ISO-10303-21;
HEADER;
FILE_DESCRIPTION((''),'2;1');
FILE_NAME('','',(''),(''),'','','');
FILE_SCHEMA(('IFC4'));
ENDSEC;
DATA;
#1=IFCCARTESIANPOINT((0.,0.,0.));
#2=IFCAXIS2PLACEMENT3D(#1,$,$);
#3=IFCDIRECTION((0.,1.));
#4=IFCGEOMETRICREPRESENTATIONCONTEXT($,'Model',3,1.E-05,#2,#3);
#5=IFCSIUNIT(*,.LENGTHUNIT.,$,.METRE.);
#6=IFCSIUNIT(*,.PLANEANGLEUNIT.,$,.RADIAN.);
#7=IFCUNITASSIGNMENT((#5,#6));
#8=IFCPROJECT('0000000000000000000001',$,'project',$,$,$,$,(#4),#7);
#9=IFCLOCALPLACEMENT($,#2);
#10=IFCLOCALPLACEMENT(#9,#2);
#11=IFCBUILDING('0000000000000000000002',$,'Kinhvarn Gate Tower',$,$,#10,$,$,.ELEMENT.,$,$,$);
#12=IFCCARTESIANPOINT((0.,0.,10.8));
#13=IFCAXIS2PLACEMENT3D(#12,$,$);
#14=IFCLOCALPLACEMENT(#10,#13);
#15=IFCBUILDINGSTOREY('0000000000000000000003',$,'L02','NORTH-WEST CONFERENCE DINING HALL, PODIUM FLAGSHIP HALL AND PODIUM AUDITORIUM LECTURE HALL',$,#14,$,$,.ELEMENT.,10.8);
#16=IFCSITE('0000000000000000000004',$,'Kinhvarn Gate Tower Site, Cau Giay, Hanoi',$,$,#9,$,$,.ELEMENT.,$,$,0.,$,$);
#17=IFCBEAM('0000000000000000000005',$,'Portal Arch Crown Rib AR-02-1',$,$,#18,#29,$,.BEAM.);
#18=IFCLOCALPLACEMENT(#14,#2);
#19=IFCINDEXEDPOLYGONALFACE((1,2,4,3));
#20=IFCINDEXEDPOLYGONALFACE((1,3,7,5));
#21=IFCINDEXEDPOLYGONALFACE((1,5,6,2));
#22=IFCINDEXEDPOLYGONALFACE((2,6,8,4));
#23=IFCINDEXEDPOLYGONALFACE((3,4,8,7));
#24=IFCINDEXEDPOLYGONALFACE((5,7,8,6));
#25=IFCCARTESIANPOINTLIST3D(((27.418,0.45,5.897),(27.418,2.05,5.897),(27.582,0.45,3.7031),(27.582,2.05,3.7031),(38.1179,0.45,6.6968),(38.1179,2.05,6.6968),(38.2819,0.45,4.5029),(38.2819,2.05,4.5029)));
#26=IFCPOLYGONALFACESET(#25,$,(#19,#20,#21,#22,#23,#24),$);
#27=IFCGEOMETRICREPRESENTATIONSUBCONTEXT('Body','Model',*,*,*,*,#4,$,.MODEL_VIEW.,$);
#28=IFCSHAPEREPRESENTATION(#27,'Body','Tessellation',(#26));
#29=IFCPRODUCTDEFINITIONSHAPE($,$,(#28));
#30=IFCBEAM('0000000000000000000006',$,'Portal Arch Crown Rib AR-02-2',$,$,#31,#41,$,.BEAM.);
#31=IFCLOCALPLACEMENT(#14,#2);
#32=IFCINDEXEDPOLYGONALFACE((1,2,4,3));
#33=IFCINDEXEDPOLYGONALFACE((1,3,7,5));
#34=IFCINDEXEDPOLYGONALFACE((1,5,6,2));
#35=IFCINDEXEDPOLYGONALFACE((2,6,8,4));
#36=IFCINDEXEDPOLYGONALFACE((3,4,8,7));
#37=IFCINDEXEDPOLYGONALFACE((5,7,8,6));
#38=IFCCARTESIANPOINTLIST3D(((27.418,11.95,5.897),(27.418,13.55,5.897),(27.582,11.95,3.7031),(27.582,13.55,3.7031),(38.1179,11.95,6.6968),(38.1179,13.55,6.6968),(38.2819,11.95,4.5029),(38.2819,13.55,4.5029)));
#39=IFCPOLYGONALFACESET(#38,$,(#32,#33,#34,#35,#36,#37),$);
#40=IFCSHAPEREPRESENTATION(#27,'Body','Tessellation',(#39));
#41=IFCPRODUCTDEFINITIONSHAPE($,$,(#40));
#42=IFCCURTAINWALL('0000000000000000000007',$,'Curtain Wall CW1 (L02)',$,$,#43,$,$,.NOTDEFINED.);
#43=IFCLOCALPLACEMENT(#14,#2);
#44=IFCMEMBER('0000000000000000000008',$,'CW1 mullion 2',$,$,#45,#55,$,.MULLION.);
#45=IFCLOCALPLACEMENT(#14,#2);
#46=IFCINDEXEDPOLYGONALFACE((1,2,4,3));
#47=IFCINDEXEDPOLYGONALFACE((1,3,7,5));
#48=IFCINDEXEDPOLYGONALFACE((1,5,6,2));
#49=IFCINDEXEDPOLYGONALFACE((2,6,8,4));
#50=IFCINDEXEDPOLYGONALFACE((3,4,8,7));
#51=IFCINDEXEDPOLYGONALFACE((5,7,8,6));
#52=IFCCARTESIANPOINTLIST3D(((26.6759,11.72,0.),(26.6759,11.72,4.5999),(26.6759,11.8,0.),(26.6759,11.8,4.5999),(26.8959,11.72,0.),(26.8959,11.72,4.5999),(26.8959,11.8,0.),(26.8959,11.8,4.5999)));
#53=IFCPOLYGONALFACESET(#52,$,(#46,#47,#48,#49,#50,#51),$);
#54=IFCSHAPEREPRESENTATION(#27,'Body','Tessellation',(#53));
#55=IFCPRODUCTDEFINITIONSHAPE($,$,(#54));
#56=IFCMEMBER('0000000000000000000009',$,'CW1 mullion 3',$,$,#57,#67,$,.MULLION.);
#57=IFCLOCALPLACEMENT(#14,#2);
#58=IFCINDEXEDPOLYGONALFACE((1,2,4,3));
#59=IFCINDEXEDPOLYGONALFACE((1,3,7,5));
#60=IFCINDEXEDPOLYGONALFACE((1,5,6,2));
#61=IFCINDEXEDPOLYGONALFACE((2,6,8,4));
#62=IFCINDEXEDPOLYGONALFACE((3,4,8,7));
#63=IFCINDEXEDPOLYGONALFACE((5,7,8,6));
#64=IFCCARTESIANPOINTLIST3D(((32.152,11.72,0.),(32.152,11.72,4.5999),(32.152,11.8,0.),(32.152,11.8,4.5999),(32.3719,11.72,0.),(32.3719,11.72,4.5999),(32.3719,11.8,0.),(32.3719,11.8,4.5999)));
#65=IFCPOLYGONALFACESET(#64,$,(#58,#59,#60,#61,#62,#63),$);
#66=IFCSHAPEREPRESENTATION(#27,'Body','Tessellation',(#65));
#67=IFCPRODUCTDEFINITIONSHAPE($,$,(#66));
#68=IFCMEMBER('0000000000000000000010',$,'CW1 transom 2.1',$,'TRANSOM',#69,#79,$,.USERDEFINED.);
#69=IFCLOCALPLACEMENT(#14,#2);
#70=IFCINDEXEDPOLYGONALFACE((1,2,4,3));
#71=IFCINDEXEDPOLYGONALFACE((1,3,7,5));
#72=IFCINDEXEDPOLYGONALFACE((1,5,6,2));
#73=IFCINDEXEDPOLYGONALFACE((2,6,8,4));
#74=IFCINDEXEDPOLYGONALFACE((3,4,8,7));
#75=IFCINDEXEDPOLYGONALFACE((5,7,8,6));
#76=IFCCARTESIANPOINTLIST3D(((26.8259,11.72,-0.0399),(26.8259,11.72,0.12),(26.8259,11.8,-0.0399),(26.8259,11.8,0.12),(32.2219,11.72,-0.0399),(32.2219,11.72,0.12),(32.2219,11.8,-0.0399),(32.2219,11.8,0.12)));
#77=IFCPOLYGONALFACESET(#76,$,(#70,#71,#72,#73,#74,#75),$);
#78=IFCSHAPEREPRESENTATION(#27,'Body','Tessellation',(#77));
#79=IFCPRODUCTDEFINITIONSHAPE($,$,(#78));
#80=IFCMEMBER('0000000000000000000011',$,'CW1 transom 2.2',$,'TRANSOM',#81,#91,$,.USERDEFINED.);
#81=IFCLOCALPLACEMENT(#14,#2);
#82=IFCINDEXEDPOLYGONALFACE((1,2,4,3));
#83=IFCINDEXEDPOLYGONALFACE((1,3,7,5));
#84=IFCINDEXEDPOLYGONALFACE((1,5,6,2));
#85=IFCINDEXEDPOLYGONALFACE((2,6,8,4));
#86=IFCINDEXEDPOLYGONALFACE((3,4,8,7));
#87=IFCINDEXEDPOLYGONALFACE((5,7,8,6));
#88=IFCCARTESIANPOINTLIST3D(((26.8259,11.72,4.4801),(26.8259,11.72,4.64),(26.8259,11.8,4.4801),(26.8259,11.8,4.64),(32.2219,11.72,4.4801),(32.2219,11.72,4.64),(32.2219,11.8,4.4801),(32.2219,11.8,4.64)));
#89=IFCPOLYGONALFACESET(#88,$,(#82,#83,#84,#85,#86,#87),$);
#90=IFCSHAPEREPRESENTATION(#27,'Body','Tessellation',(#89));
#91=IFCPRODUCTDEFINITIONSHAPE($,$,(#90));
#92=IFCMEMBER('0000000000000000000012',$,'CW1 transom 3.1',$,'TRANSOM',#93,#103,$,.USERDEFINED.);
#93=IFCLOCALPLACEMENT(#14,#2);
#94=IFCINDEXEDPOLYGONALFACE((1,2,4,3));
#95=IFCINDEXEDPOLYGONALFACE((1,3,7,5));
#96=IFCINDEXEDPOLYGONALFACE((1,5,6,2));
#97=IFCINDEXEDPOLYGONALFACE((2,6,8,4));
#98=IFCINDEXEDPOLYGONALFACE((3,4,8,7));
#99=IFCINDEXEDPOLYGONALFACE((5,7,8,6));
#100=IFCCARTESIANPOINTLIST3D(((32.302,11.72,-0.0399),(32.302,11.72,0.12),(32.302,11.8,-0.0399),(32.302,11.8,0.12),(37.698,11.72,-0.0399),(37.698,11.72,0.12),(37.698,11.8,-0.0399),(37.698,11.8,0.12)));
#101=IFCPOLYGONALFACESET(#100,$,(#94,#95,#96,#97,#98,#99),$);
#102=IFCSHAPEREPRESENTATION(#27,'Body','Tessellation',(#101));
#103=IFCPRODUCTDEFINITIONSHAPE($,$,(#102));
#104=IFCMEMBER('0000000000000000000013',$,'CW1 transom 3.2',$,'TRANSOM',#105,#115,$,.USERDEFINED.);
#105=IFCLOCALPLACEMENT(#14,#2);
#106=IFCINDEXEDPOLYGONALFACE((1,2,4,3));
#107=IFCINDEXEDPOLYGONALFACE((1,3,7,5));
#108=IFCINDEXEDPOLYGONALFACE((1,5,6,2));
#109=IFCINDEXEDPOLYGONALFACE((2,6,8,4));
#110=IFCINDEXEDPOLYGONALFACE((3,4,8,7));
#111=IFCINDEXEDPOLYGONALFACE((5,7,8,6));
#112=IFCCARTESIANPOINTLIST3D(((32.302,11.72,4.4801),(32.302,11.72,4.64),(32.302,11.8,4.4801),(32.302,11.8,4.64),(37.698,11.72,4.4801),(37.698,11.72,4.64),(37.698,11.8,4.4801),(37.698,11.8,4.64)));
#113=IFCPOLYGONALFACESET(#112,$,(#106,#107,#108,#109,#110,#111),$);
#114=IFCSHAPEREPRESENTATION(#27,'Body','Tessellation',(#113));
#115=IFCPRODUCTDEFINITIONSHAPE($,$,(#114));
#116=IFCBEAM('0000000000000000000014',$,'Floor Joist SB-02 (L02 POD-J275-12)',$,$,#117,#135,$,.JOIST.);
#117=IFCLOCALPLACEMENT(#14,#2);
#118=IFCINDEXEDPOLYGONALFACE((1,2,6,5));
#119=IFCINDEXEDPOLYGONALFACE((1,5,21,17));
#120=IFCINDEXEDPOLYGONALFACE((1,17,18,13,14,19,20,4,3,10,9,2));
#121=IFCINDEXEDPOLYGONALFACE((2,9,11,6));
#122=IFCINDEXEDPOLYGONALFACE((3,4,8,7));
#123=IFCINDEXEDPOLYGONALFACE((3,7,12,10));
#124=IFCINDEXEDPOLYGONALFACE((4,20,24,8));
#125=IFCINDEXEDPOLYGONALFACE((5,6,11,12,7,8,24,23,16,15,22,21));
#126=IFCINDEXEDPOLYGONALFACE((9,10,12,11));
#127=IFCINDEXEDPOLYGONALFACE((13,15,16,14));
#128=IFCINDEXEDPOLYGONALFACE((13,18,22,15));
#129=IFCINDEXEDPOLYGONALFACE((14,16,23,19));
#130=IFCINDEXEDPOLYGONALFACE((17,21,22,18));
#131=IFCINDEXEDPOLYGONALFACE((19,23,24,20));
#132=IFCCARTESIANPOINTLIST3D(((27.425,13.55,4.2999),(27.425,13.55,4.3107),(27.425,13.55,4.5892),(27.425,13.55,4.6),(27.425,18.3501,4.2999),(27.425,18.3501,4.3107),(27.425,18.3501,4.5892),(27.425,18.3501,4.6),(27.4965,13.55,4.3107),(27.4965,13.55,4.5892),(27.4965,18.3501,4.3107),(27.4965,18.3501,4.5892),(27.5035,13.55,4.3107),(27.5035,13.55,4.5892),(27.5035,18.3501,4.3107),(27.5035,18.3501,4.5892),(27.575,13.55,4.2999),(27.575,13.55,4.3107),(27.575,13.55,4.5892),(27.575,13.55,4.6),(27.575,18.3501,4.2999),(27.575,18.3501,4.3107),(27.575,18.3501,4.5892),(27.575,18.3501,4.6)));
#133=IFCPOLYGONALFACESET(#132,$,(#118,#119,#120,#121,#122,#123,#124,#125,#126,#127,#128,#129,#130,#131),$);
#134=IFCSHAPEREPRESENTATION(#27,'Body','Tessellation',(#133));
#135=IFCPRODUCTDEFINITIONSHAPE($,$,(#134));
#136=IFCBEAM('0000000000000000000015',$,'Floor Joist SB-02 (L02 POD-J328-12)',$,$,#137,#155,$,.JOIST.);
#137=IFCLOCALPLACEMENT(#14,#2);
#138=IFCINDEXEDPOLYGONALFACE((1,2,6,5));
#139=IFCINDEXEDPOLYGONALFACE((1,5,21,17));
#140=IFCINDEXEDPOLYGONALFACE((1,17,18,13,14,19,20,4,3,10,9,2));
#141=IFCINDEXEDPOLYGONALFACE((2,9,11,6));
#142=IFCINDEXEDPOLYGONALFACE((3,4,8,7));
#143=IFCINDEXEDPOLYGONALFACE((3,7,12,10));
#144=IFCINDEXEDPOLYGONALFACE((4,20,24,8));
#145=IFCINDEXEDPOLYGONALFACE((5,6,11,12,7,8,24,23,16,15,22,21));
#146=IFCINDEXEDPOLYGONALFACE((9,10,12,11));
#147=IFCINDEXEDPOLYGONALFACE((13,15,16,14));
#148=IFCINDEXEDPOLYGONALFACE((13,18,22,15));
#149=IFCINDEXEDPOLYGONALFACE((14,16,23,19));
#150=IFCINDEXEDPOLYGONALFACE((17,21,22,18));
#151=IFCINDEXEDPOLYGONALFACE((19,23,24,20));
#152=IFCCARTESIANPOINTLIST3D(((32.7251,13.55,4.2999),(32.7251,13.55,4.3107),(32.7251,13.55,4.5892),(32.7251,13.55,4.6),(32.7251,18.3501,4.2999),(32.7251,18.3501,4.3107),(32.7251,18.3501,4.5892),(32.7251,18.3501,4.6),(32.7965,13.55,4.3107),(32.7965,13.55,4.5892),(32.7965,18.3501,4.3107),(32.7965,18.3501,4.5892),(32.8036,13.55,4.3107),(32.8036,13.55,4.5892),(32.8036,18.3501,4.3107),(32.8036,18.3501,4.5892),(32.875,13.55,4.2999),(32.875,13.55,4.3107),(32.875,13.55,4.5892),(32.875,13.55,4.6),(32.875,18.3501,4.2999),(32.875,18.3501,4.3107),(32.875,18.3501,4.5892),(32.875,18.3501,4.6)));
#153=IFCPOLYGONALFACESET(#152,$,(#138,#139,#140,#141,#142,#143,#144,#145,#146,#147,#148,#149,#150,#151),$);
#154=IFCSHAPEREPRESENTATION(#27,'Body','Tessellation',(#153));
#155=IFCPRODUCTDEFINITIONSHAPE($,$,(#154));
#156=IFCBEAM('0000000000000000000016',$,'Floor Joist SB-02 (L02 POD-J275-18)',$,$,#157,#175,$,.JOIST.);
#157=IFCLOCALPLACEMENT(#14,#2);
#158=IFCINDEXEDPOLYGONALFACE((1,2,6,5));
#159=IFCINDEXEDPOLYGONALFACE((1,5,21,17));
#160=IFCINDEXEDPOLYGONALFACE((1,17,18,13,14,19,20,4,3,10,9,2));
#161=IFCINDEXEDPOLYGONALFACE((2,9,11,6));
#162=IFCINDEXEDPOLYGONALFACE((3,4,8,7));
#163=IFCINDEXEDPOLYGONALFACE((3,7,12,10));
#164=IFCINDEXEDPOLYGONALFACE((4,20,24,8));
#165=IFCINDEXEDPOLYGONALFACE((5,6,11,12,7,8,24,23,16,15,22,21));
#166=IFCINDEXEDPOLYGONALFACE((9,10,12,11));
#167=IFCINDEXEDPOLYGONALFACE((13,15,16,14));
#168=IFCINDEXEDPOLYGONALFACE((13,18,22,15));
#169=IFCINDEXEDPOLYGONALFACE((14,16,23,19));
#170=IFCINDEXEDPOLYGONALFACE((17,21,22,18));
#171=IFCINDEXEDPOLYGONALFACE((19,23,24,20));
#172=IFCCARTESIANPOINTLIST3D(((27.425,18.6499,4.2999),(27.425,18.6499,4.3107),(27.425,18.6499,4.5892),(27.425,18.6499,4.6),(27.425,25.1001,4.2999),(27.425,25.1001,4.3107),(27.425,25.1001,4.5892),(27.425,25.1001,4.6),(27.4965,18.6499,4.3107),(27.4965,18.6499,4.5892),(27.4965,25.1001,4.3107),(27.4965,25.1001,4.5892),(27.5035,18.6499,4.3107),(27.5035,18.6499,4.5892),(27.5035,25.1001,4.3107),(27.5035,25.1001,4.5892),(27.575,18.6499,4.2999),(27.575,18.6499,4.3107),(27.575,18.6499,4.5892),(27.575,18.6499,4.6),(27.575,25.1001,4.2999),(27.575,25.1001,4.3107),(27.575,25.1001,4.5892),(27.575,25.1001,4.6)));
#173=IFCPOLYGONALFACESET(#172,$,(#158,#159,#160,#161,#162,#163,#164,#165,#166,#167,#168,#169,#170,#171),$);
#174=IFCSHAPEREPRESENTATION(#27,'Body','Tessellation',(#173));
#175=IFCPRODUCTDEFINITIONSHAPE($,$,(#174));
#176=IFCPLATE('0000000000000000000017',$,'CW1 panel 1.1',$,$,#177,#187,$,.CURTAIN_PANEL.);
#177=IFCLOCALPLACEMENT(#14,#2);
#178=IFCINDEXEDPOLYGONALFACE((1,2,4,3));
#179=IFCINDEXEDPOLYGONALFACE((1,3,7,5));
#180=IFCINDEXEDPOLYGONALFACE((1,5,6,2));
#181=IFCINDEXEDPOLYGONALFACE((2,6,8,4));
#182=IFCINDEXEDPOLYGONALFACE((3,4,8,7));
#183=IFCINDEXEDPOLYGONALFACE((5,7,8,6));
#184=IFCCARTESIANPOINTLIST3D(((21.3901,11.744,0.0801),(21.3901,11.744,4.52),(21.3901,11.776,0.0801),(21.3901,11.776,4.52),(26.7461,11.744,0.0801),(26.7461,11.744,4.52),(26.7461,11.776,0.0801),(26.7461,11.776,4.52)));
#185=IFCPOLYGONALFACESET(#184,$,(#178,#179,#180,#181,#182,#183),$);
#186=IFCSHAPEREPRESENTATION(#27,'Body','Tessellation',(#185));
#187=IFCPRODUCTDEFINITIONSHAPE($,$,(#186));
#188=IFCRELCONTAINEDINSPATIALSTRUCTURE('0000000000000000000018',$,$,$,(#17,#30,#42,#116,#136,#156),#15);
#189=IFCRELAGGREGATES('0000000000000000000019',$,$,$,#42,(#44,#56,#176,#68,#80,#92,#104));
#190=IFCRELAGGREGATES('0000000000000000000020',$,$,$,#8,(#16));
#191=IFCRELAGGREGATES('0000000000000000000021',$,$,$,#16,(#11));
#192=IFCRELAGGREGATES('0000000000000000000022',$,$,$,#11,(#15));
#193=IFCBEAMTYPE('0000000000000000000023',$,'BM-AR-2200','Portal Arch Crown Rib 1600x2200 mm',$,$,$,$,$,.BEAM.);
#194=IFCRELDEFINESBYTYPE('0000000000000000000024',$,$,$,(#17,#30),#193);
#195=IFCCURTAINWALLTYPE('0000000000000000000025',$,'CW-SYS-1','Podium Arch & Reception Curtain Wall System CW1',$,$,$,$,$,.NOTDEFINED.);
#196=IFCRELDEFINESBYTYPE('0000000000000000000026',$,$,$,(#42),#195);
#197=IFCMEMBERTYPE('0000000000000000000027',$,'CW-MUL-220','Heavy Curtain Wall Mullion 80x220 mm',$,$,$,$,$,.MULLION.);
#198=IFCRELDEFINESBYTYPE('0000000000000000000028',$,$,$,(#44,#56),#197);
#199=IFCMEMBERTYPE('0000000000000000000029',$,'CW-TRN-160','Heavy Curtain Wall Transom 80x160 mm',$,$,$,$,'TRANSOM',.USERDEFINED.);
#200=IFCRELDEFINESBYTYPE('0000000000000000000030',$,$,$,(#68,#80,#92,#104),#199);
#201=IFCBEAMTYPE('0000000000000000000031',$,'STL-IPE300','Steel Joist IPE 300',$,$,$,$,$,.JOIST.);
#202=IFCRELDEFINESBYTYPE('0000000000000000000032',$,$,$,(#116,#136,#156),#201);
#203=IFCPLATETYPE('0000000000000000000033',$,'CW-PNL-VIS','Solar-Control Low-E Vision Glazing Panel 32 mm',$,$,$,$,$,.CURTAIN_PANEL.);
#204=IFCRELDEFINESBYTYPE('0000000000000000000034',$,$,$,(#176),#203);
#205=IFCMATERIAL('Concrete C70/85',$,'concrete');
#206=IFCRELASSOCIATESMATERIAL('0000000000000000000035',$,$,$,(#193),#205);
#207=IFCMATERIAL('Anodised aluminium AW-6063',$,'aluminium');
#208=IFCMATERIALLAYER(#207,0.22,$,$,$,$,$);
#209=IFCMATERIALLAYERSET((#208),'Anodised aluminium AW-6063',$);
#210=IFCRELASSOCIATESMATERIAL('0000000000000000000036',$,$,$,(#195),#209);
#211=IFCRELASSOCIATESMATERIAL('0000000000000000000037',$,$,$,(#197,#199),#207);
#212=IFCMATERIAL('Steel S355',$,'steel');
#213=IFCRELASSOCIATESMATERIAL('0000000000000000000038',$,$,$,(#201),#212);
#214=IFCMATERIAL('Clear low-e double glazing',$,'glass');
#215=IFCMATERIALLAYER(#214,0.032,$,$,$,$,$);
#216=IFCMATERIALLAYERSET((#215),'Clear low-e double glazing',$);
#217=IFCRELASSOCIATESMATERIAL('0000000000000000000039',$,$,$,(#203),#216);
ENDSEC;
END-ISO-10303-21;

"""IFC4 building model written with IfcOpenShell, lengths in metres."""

from ifc_helpers import new_model, si_unit, direction, frame, origin, origin_2d, place, context, subcontext, project, spatial, rectangle, i_section, extrude, material, layer, layer_set, material_profile, profile_set, type_object, element, aggregate, save


model = new_model("IFC4")

# Units and contexts
model_context = context("Model", 3, precision=1e-05, world=origin(), true_north=direction((0.0, 1.0)))
body_context = subcontext(model_context, "Body", "Model", "MODEL_VIEW")
ifc_project = project(units=[si_unit("LENGTHUNIT", "METRE"), si_unit("PLANEANGLEUNIT", "RADIAN")], contexts=[model_context])

# Site, building, storey
site_placement = place(None, origin())
site = spatial("IfcSite", under=ifc_project, at=site_placement, Name="Kinhvarn Gate Tower Site, Cau Giay, Hanoi", CompositionType="ELEMENT", RefElevation=0.0)
building_placement = place(site_placement, origin())
building = spatial("IfcBuilding", under=site, at=building_placement, Name="Kinhvarn Gate Tower", CompositionType="ELEMENT")
storey_placement = place(building_placement, frame((0.0, 0.0, 10.8)))
storey = spatial("IfcBuildingStorey", under=building, at=storey_placement, Name="L02", Description="NORTH-WEST CONFERENCE DINING HALL, PODIUM FLAGSHIP HALL AND PODIUM AUDITORIUM LECTURE HALL", CompositionType="ELEMENT", Elevation=10.8)

# Beams
ifc_material_1 = material(Name="Concrete C70/85", Category="concrete")
ifc_material_profile_1 = material_profile(ifc_material_1, rectangle(XDim=1.6001, YDim=2.2, at=origin_2d()), Name="RC 1600x2200")
ifc_profile_set_1 = profile_set([ifc_material_profile_1], Name="Concrete C70/85")
beam_type_1 = type_object("IfcBeamType", Name="BM-AR-2200", Description="Portal Arch Crown Rib 1600x2200 mm", PredefinedType="BEAM", material=ifc_profile_set_1)
for number, where, z_axis, x_axis, name in (
    (1, (27.5, 1.25, 4.8), (0.997218, 0.0, 0.07454), (0.0, 1.0, 0.0), "Portal Arch Crown Rib AR-02-1"),
    (2, (27.5, 12.75, 4.8), (0.997218, 0.0, 0.07454), (0.0, 1.0, 0.0), "Portal Arch Crown Rib AR-02-2"),
):
    element("IfcBeam", number, at=place(storey_placement, frame(where, z_axis=z_axis, x_axis=x_axis)), inside=storey, type_object=beam_type_1, Name=name, PredefinedType="BEAM", context=body_context, shape_type="SweptSolid", body=[
        extrude(rectangle(XDim=1.6001, YDim=2.2, at=origin_2d()), origin(), (0.0, 0.0, 1.0), 10.7297),
    ])

# Curtain wall, members
ifc_material_2 = material(Name="Anodised aluminium AW-6063", Category="aluminium")
ifc_layer_1 = layer(ifc_material_2, 0.22)
ifc_layer_set_1 = layer_set([ifc_layer_1], Name="Anodised aluminium AW-6063")
curtain_wall_type = type_object("IfcCurtainWallType", Name="CW-SYS-1", Description="Podium Arch & Reception Curtain Wall System CW1", PredefinedType="NOTDEFINED", material=ifc_layer_set_1)
curtain_wall_placement = place(storey_placement, origin())
curtain_wall = element("IfcCurtainWall", 3, at=curtain_wall_placement, inside=storey, type_object=curtain_wall_type, Name="Curtain Wall CW1 (L02)", PredefinedType="NOTDEFINED")
ifc_material_profile_2 = material_profile(ifc_material_2, rectangle(XDim=0.0801, YDim=0.22, at=origin_2d()), Name="ALU 80x220")
ifc_profile_set_2 = profile_set([ifc_material_profile_2], Name="Anodised aluminium AW-6063")
member_type_1 = type_object("IfcMemberType", Name="CW-MUL-220", Description="Heavy Curtain Wall Mullion 80x220 mm", PredefinedType="MULLION", material=ifc_profile_set_2)
member_1_placement = place(storey_placement, frame((26.7859, 11.76, 0.0), z_axis=(0.0, 0.0, 1.0), x_axis=(0.0, 1.0, 0.0)))
member_1 = element("IfcMember", 4, at=member_1_placement, type_object=member_type_1, Name="CW1 mullion 2", PredefinedType="MULLION", context=body_context, shape_type="SweptSolid", body=[
    extrude(rectangle(XDim=0.0801, YDim=0.22, at=origin_2d()), origin(), (0.0, 0.0, 1.0), 4.5999),
])
member_2_placement = place(storey_placement, frame((32.262, 11.76, 0.0), z_axis=(0.0, 0.0, 1.0), x_axis=(0.0, 1.0, 0.0)))
member_2 = element("IfcMember", 5, at=member_2_placement, type_object=member_type_1, Name="CW1 mullion 3", PredefinedType="MULLION", context=body_context, shape_type="SweptSolid", body=[
    extrude(rectangle(XDim=0.0801, YDim=0.22, at=origin_2d()), origin(), (0.0, 0.0, 1.0), 4.5999),
])
ifc_material_profile_3 = material_profile(ifc_material_2, rectangle(XDim=0.0801, YDim=0.1599, at=origin_2d()), Name="ALU 80x160")
ifc_profile_set_3 = profile_set([ifc_material_profile_3], Name="Anodised aluminium AW-6063")
member_type_2 = type_object("IfcMemberType", Name="CW-TRN-160", Description="Heavy Curtain Wall Transom 80x160 mm", ElementType="TRANSOM", PredefinedType="USERDEFINED", material=ifc_profile_set_3)
member_3_placement = place(storey_placement, frame((26.8259, 11.76, 0.04), z_axis=(1.0, 0.0, 0.0), x_axis=(0.0, 1.0, 0.0)))
member_3 = element("IfcMember", 6, at=member_3_placement, type_object=member_type_2, Name="CW1 transom 2.1", ObjectType="TRANSOM", PredefinedType="USERDEFINED", context=body_context, shape_type="SweptSolid", body=[
    extrude(rectangle(XDim=0.0801, YDim=0.1599, at=origin_2d()), origin(), (0.0, 0.0, 1.0), 5.396),
])
member_4_placement = place(storey_placement, frame((26.8259, 11.76, 4.5601), z_axis=(1.0, 0.0, 0.0), x_axis=(0.0, 1.0, 0.0)))
member_4 = element("IfcMember", 7, at=member_4_placement, type_object=member_type_2, Name="CW1 transom 2.2", ObjectType="TRANSOM", PredefinedType="USERDEFINED", context=body_context, shape_type="SweptSolid", body=[
    extrude(rectangle(XDim=0.0801, YDim=0.1599, at=origin_2d()), origin(), (0.0, 0.0, 1.0), 5.396),
])
member_5_placement = place(storey_placement, frame((32.302, 11.76, 0.04), z_axis=(1.0, 0.0, 0.0), x_axis=(0.0, 1.0, 0.0)))
member_5 = element("IfcMember", 8, at=member_5_placement, type_object=member_type_2, Name="CW1 transom 3.1", ObjectType="TRANSOM", PredefinedType="USERDEFINED", context=body_context, shape_type="SweptSolid", body=[
    extrude(rectangle(XDim=0.0801, YDim=0.1599, at=origin_2d()), origin(), (0.0, 0.0, 1.0), 5.396),
])
member_6_placement = place(storey_placement, frame((32.302, 11.76, 4.5601), z_axis=(1.0, 0.0, 0.0), x_axis=(0.0, 1.0, 0.0)))
member_6 = element("IfcMember", 9, at=member_6_placement, type_object=member_type_2, Name="CW1 transom 3.2", ObjectType="TRANSOM", PredefinedType="USERDEFINED", context=body_context, shape_type="SweptSolid", body=[
    extrude(rectangle(XDim=0.0801, YDim=0.1599, at=origin_2d()), origin(), (0.0, 0.0, 1.0), 5.396),
])

# Beams
ifc_material_3 = material(Name="Steel S355", Category="steel")
ifc_material_profile_4 = material_profile(ifc_material_3, i_section(OverallWidth=0.1499, OverallDepth=0.3, WebThickness=0.0071, FlangeThickness=0.0107, at=origin_2d()), Name="IPE 300")
ifc_profile_set_4 = profile_set([ifc_material_profile_4], Name="Steel S355")
beam_type_2 = type_object("IfcBeamType", Name="STL-IPE300", Description="Steel Joist IPE 300", PredefinedType="JOIST", material=ifc_profile_set_4)
for number, where, z_axis, x_axis, name in (
    (10, (27.5, 13.55, 4.45), (0.0, 1.0, 0.0), (-1.0, 0.0, 0.0), "Floor Joist SB-02 (L02 POD-J275-12)"),
    (11, (32.8, 13.55, 4.45), (0.0, 1.0, 0.0), (-1.0, 0.0, 0.0), "Floor Joist SB-02 (L02 POD-J328-12)"),
):
    element("IfcBeam", number, at=place(storey_placement, frame(where, z_axis=z_axis, x_axis=x_axis)), inside=storey, type_object=beam_type_2, Name=name, PredefinedType="JOIST", context=body_context, shape_type="SweptSolid", body=[
        extrude(i_section(OverallWidth=0.1499, OverallDepth=0.3, WebThickness=0.0071, FlangeThickness=0.0107, at=origin_2d()), origin(), (0.0, 0.0, 1.0), 4.8),
    ])
beam_placement = place(storey_placement, frame((27.5, 18.6499, 4.45), z_axis=(0.0, 1.0, 0.0), x_axis=(-1.0, 0.0, 0.0)))
element("IfcBeam", 12, at=beam_placement, inside=storey, type_object=beam_type_2, Name="Floor Joist SB-02 (L02 POD-J275-18)", PredefinedType="JOIST", context=body_context, shape_type="SweptSolid", body=[
    extrude(i_section(OverallWidth=0.1499, OverallDepth=0.3, WebThickness=0.0071, FlangeThickness=0.0107, at=origin_2d()), origin(), (0.0, 0.0, 1.0), 6.4502),
])

# Plate
ifc_material_4 = material(Name="Clear low-e double glazing", Category="glass")
ifc_layer_2 = layer(ifc_material_4, 0.032)
ifc_layer_set_2 = layer_set([ifc_layer_2], Name="Clear low-e double glazing")
plate_type = type_object("IfcPlateType", Name="CW-PNL-VIS", Description="Solar-Control Low-E Vision Glazing Panel 32 mm", PredefinedType="CURTAIN_PANEL", material=ifc_layer_set_2)
plate_1_placement = place(storey_placement, frame((24.0681, 11.76, 0.0801), z_axis=(0.0, 0.0, 1.0), x_axis=(1.0, 0.0, 0.0)))
plate_1 = element("IfcPlate", 13, at=plate_1_placement, type_object=plate_type, Name="CW1 panel 1.1", PredefinedType="CURTAIN_PANEL", context=body_context, shape_type="SweptSolid", body=[
    extrude(rectangle(XDim=5.356, YDim=0.032, at=origin_2d()), origin(), (0.0, 0.0, 1.0), 4.4399),
])
aggregate(curtain_wall, [member_1, member_2, plate_1, member_3, member_4, member_5, member_6])

save(model, "model.ifc")
